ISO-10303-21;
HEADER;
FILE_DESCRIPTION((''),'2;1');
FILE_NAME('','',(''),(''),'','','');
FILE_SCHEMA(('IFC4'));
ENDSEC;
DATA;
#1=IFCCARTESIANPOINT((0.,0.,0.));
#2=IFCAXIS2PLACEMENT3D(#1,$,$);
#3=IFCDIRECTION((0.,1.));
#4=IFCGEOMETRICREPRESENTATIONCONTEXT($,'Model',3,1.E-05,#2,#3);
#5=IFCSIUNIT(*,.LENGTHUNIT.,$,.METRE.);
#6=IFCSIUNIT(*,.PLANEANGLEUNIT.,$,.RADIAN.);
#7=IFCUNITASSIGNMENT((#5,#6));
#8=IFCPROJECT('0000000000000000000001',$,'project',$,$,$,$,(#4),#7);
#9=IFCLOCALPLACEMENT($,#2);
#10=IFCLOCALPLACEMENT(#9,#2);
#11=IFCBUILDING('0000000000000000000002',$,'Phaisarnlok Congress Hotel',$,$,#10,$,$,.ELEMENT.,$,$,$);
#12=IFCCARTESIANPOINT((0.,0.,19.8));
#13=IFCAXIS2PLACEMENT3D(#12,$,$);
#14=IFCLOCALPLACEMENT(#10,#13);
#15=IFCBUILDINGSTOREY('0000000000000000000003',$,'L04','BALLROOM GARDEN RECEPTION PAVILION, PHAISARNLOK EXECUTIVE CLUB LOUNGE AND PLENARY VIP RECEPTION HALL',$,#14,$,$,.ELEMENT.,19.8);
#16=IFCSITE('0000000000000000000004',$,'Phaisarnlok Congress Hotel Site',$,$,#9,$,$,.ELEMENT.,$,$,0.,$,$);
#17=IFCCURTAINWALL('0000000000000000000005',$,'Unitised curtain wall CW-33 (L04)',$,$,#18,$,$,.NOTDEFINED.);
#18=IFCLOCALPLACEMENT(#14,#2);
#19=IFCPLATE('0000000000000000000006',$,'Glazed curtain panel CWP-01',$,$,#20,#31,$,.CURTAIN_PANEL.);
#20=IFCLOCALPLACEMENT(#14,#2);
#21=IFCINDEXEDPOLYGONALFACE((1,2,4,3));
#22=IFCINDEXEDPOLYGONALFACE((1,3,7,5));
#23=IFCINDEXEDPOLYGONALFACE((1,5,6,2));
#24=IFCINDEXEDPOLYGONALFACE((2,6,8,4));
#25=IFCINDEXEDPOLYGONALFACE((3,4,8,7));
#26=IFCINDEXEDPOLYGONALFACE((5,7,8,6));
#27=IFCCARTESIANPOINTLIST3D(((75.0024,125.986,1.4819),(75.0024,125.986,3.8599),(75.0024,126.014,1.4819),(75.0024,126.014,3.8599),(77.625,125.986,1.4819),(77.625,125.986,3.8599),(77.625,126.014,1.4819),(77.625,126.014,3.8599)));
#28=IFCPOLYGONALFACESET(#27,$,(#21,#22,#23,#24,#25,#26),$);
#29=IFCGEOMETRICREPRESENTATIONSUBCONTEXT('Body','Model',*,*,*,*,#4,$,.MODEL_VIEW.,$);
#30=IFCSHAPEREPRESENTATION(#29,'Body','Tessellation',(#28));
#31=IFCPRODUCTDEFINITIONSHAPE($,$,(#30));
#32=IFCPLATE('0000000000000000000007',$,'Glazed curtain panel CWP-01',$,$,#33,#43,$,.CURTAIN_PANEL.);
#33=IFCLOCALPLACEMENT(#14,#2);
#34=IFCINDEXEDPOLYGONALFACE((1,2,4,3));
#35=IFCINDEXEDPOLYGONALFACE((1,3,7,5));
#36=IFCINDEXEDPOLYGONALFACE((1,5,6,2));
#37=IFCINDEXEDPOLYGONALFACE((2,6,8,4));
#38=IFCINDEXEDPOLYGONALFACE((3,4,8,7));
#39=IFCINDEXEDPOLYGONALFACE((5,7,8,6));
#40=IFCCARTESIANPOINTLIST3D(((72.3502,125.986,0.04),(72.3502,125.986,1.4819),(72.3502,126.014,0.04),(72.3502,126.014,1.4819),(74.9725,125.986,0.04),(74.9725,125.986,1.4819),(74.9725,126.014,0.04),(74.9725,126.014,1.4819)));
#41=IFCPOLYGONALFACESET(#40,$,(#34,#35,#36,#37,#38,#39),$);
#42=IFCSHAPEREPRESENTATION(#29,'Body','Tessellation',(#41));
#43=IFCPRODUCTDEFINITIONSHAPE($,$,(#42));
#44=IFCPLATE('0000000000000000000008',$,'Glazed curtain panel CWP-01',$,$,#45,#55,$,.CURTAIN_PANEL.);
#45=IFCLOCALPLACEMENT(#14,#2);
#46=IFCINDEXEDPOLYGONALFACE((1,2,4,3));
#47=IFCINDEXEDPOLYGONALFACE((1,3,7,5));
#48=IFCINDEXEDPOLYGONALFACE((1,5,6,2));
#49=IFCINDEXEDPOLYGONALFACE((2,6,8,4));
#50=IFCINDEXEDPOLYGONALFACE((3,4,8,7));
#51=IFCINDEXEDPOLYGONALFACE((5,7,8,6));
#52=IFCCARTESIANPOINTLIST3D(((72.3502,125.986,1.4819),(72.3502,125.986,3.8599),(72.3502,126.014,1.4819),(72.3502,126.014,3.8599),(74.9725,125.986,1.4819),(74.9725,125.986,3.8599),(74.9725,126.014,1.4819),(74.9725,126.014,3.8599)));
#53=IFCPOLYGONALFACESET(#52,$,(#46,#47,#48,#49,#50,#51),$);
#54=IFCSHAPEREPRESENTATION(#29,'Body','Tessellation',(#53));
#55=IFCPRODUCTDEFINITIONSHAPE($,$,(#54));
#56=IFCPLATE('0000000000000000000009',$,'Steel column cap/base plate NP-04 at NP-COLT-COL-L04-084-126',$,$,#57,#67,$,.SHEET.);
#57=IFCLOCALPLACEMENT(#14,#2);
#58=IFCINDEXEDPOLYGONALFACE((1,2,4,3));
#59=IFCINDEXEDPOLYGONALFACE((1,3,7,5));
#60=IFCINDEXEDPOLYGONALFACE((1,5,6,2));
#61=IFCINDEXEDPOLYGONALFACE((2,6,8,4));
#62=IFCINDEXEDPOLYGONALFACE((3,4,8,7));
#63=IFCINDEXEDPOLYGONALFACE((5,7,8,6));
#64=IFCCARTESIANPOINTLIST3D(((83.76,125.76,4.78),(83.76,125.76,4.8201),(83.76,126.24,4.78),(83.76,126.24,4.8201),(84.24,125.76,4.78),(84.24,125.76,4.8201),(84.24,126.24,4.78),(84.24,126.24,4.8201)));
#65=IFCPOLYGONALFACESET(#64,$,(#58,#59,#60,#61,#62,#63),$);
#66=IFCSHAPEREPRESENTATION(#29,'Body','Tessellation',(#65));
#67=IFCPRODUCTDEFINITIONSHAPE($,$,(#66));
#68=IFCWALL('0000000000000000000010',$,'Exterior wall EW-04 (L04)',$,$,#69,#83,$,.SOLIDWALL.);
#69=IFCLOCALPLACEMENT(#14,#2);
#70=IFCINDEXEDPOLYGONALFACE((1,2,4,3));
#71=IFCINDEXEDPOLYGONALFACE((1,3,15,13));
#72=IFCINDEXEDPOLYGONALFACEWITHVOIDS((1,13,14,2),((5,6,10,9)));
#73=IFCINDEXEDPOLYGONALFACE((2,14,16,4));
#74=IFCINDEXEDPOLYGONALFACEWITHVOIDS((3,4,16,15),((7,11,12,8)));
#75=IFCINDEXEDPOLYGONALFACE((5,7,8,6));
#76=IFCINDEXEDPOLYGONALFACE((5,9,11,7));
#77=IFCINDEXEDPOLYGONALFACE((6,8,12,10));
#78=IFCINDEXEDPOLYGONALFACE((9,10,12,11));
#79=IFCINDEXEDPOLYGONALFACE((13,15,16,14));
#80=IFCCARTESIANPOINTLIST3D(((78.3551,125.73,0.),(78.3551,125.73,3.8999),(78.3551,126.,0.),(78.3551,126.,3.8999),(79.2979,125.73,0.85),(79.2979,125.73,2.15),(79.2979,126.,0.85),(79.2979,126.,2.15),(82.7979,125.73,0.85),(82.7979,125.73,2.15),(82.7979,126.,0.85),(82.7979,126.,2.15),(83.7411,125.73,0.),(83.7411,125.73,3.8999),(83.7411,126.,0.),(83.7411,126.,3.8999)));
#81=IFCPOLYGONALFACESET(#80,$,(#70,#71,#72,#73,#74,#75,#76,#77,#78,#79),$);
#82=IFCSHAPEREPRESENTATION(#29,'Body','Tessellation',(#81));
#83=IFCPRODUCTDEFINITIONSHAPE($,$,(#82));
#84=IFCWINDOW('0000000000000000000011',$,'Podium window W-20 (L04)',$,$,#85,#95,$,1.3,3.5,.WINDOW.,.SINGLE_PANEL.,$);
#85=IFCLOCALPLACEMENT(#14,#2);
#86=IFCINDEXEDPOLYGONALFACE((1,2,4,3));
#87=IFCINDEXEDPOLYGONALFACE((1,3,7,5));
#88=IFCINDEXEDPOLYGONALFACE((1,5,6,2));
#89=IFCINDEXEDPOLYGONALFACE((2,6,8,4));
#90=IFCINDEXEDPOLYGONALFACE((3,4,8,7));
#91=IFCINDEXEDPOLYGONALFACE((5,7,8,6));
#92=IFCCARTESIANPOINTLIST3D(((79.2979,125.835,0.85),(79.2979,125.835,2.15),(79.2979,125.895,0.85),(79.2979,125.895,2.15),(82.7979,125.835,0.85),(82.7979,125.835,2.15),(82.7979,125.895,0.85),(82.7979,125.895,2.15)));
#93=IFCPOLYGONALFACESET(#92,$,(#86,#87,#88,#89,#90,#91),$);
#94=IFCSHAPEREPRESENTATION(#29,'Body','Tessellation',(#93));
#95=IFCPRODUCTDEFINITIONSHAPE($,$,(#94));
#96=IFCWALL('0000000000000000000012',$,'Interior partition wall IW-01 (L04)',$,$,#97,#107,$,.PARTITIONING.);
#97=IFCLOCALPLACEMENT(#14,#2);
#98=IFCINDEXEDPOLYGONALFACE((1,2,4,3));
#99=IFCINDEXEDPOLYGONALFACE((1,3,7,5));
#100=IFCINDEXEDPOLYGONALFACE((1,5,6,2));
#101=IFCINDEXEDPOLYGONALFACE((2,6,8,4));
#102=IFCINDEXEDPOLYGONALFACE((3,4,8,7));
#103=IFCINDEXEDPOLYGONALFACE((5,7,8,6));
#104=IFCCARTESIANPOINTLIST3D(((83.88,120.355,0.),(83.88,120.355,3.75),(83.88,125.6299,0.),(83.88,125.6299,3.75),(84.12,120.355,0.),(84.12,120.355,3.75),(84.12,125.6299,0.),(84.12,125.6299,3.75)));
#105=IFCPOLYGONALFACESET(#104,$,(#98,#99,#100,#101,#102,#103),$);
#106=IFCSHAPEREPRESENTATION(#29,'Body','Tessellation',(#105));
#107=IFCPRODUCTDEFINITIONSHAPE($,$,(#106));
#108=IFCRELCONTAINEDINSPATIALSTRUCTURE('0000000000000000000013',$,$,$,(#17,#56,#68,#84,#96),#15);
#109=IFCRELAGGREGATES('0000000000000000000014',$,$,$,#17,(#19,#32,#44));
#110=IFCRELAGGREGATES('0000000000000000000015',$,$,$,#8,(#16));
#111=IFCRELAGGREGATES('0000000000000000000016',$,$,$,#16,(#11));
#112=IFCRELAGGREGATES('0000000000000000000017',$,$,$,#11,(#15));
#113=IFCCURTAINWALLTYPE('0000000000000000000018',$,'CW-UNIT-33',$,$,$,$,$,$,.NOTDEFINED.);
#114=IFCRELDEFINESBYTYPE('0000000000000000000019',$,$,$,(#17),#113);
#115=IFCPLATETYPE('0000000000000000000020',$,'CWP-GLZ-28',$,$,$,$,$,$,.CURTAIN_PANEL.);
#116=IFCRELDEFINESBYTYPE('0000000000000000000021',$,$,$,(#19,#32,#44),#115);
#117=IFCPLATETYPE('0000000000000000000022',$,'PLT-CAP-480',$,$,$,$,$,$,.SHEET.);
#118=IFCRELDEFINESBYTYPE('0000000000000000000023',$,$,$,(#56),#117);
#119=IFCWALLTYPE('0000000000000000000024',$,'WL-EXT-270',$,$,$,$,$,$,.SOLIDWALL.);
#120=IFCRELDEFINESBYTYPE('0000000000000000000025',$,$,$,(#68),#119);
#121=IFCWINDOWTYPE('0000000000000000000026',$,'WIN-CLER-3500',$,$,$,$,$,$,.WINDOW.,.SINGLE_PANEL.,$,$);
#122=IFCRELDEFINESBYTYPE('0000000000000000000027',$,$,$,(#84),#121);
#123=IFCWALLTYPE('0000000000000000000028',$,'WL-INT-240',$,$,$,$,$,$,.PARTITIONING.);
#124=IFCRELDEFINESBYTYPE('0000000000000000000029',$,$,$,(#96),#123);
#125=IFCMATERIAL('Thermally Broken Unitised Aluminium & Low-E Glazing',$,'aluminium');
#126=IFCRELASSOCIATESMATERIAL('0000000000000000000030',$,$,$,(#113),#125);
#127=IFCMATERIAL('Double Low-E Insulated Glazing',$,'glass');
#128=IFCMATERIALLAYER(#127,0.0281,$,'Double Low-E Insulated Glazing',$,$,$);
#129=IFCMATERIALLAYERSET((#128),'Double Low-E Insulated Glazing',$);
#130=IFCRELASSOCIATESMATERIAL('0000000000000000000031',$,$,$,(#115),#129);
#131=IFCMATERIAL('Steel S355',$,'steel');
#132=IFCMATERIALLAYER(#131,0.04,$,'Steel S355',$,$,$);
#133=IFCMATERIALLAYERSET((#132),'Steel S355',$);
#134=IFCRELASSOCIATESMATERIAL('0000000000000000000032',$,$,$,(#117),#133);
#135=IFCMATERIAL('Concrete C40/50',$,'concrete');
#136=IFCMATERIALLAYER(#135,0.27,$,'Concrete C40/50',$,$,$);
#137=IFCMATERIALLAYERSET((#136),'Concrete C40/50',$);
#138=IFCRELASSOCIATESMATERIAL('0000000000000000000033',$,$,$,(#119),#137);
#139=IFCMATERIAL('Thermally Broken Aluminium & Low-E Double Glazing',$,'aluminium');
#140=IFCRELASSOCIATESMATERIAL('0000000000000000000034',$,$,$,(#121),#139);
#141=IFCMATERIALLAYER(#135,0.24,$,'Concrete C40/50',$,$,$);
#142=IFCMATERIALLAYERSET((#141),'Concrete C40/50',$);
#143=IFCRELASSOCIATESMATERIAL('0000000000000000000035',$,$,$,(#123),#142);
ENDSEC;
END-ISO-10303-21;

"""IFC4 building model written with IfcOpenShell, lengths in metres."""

from ifc_helpers import new_model, si_unit, direction, frame, frame_2d, origin, origin_2d, place, context, subcontext, project, spatial, rectangle, extrude, material, layer, layer_set, type_object, element, fill, aggregate, save


model = new_model("IFC4")

# Units and contexts
model_context = context("Model", 3, precision=1e-05, world=origin(), true_north=direction((0.0, 1.0)))
body_context = subcontext(model_context, "Body", "Model", "MODEL_VIEW")
ifc_project = project(units=[si_unit("LENGTHUNIT", "METRE"), si_unit("PLANEANGLEUNIT", "RADIAN")], contexts=[model_context])

# Site, building, storey
site_placement = place(None, origin())
site = spatial("IfcSite", under=ifc_project, at=site_placement, Name="Phaisarnlok Congress Hotel Site", CompositionType="ELEMENT", RefElevation=0.0)
building_placement = place(site_placement, origin())
building = spatial("IfcBuilding", under=site, at=building_placement, Name="Phaisarnlok Congress Hotel", CompositionType="ELEMENT")
storey_placement = place(building_placement, frame((0.0, 0.0, 19.8)))
storey = spatial("IfcBuildingStorey", under=building, at=storey_placement, Name="L04", Description="BALLROOM GARDEN RECEPTION PAVILION, PHAISARNLOK EXECUTIVE CLUB LOUNGE AND PLENARY VIP RECEPTION HALL", CompositionType="ELEMENT", Elevation=19.8)

# Shared definitions
ifc_material_1 = material(Name="Steel S355", Category="steel")

# Curtain wall
ifc_material_2 = material(Name="Thermally Broken Unitised Aluminium & Low-E Glazing", Category="aluminium")
curtain_wall_type_1 = type_object("IfcCurtainWallType", Name="CW-UNIT-33", PredefinedType="NOTDEFINED", material=ifc_material_2)
curtain_wall_1_placement = place(storey_placement, origin())
curtain_wall_1 = element("IfcCurtainWall", 1, at=curtain_wall_1_placement, inside=storey, type_object=curtain_wall_type_1, Name="Unitised curtain wall CW-33 (L04)", PredefinedType="NOTDEFINED")

# Shared definitions
ifc_material_3 = material(Name="Concrete C40/50", Category="concrete")

# Plates
ifc_material_4 = material(Name="Double Low-E Insulated Glazing", Category="glass")
ifc_layer_1 = layer(ifc_material_4, 0.0281, Name="Double Low-E Insulated Glazing")
ifc_layer_set_1 = layer_set([ifc_layer_1], Name="Double Low-E Insulated Glazing")
plate_type_1 = type_object("IfcPlateType", Name="CWP-GLZ-28", PredefinedType="CURTAIN_PANEL", material=ifc_layer_set_1)
plate_1_placement = place(storey_placement, frame((77.625, 126.0, 1.4819), z_axis=(0.0, 0.0, 1.0), x_axis=(-1.0, 0.0, 0.0)))
plate_1 = element("IfcPlate", 2, at=plate_1_placement, type_object=plate_type_1, Name="Glazed curtain panel CWP-01", PredefinedType="CURTAIN_PANEL", context=body_context, shape_type="SweptSolid", body=[
    extrude(rectangle(XDim=2.6226, YDim=0.0281, at=frame_2d((1.3113, 0.0))), origin(), (0.0, 0.0, 1.0), 2.3779),
])
plate_2_placement = place(storey_placement, frame((74.9724, 126.0, 0.04), z_axis=(0.0, 0.0, 1.0), x_axis=(-1.0, 0.0, 0.0)))
plate_2 = element("IfcPlate", 3, at=plate_2_placement, type_object=plate_type_1, Name="Glazed curtain panel CWP-01", PredefinedType="CURTAIN_PANEL", context=body_context, shape_type="SweptSolid", body=[
    extrude(rectangle(XDim=2.6223, YDim=0.0281, at=frame_2d((1.311, 0.0))), origin(), (0.0, 0.0, 1.0), 1.4419),
])
plate_3_placement = place(storey_placement, frame((74.9724, 126.0, 1.4819), z_axis=(0.0, 0.0, 1.0), x_axis=(-1.0, 0.0, 0.0)))
plate_3 = element("IfcPlate", 4, at=plate_3_placement, type_object=plate_type_1, Name="Glazed curtain panel CWP-01", PredefinedType="CURTAIN_PANEL", context=body_context, shape_type="SweptSolid", body=[
    extrude(rectangle(XDim=2.6223, YDim=0.0281, at=frame_2d((1.311, 0.0))), origin(), (0.0, 0.0, 1.0), 2.3779),
])
aggregate(curtain_wall_1, [plate_1, plate_2, plate_3])
ifc_layer_2 = layer(ifc_material_1, 0.04, Name="Steel S355")
ifc_layer_set_2 = layer_set([ifc_layer_2], Name="Steel S355")
plate_type_2 = type_object("IfcPlateType", Name="PLT-CAP-480", PredefinedType="SHEET", material=ifc_layer_set_2)
plate_4_placement = place(storey_placement, frame((84.0, 126.0, 4.78), z_axis=(0.0, 0.0, 1.0), x_axis=(1.0, 0.0, 0.0)))
element("IfcPlate", 5, at=plate_4_placement, inside=storey, type_object=plate_type_2, Name="Steel column cap/base plate NP-04 at NP-COLT-COL-L04-084-126", PredefinedType="SHEET", context=body_context, shape_type="SweptSolid", body=[
    extrude(rectangle(XDim=0.48, YDim=0.48, at=origin_2d()), origin(), (0.0, 0.0, 1.0), 0.04),
])

# Wall, opening, window
ifc_layer_3 = layer(ifc_material_3, 0.27, Name="Concrete C40/50")
ifc_layer_set_3 = layer_set([ifc_layer_3], Name="Concrete C40/50")
wall_type_1 = type_object("IfcWallType", Name="WL-EXT-270", PredefinedType="SOLIDWALL", material=ifc_layer_set_3)
wall_1_placement = place(storey_placement, frame((83.741, 125.865, 0.0), z_axis=(0.0, 0.0, 1.0), x_axis=(-1.0, 0.0, 0.0)))
wall_1 = element("IfcWall", 6, at=wall_1_placement, inside=storey, type_object=wall_type_1, Name="Exterior wall EW-04 (L04)", PredefinedType="SOLIDWALL", context=body_context, shape_type="SweptSolid", body=[
    extrude(rectangle(XDim=5.386, YDim=0.27, at=frame_2d((2.6929, 0.0))), origin(), (0.0, 0.0, 1.0), 3.8999),
])
opening_placement = place(wall_1_placement, frame((0.9431, 0.0, 0.8501)))
opening = element("IfcOpeningElement", 7, at=opening_placement, cuts=wall_1, PredefinedType="OPENING", context=body_context, shape_type="SweptSolid", body=[
    extrude(rectangle(XDim=3.5, YDim=1.3, at=frame_2d((1.75, 0.6499))), frame((0.0, 0.145, 0.0), z_axis=(0.0, -1.0, 0.0), x_axis=(1.0, 0.0, 0.0)), (0.0, 0.0, 1.0), 0.29),
])
ifc_material_5 = material(Name="Thermally Broken Aluminium & Low-E Double Glazing", Category="aluminium")
window_type = type_object("IfcWindowType", Name="WIN-CLER-3500", PartitioningType="SINGLE_PANEL", PredefinedType="WINDOW", material=ifc_material_5)
window_placement = place(opening_placement, origin())
window = element("IfcWindow", 8, at=window_placement, inside=storey, type_object=window_type, Name="Podium window W-20 (L04)", OverallHeight=1.3, OverallWidth=3.5, PartitioningType="SINGLE_PANEL", PredefinedType="WINDOW", context=body_context, shape_type="SweptSolid", body=[
    extrude(rectangle(XDim=3.5, YDim=1.3, at=frame_2d((1.75, 0.6499))), frame((0.0, 0.03, 0.0), z_axis=(0.0, -1.0, 0.0), x_axis=(1.0, 0.0, 0.0)), (0.0, 0.0, 1.0), 0.0601),
])
fill(opening, window)

# Wall
ifc_layer_4 = layer(ifc_material_3, 0.24, Name="Concrete C40/50")
ifc_layer_set_4 = layer_set([ifc_layer_4], Name="Concrete C40/50")
wall_type_2 = type_object("IfcWallType", Name="WL-INT-240", PredefinedType="PARTITIONING", material=ifc_layer_set_4)
wall_2_placement = place(storey_placement, frame((84.0, 120.355, 0.0), z_axis=(0.0, 0.0, 1.0), x_axis=(0.0, 1.0, 0.0)))
element("IfcWall", 9, at=wall_2_placement, inside=storey, type_object=wall_type_2, Name="Interior partition wall IW-01 (L04)", PredefinedType="PARTITIONING", context=body_context, shape_type="SweptSolid", body=[
    extrude(rectangle(XDim=5.2749, YDim=0.24, at=frame_2d((2.6375, 0.0))), origin(), (0.0, 0.0, 1.0), 3.75),
])

save(model, "model.ifc")
